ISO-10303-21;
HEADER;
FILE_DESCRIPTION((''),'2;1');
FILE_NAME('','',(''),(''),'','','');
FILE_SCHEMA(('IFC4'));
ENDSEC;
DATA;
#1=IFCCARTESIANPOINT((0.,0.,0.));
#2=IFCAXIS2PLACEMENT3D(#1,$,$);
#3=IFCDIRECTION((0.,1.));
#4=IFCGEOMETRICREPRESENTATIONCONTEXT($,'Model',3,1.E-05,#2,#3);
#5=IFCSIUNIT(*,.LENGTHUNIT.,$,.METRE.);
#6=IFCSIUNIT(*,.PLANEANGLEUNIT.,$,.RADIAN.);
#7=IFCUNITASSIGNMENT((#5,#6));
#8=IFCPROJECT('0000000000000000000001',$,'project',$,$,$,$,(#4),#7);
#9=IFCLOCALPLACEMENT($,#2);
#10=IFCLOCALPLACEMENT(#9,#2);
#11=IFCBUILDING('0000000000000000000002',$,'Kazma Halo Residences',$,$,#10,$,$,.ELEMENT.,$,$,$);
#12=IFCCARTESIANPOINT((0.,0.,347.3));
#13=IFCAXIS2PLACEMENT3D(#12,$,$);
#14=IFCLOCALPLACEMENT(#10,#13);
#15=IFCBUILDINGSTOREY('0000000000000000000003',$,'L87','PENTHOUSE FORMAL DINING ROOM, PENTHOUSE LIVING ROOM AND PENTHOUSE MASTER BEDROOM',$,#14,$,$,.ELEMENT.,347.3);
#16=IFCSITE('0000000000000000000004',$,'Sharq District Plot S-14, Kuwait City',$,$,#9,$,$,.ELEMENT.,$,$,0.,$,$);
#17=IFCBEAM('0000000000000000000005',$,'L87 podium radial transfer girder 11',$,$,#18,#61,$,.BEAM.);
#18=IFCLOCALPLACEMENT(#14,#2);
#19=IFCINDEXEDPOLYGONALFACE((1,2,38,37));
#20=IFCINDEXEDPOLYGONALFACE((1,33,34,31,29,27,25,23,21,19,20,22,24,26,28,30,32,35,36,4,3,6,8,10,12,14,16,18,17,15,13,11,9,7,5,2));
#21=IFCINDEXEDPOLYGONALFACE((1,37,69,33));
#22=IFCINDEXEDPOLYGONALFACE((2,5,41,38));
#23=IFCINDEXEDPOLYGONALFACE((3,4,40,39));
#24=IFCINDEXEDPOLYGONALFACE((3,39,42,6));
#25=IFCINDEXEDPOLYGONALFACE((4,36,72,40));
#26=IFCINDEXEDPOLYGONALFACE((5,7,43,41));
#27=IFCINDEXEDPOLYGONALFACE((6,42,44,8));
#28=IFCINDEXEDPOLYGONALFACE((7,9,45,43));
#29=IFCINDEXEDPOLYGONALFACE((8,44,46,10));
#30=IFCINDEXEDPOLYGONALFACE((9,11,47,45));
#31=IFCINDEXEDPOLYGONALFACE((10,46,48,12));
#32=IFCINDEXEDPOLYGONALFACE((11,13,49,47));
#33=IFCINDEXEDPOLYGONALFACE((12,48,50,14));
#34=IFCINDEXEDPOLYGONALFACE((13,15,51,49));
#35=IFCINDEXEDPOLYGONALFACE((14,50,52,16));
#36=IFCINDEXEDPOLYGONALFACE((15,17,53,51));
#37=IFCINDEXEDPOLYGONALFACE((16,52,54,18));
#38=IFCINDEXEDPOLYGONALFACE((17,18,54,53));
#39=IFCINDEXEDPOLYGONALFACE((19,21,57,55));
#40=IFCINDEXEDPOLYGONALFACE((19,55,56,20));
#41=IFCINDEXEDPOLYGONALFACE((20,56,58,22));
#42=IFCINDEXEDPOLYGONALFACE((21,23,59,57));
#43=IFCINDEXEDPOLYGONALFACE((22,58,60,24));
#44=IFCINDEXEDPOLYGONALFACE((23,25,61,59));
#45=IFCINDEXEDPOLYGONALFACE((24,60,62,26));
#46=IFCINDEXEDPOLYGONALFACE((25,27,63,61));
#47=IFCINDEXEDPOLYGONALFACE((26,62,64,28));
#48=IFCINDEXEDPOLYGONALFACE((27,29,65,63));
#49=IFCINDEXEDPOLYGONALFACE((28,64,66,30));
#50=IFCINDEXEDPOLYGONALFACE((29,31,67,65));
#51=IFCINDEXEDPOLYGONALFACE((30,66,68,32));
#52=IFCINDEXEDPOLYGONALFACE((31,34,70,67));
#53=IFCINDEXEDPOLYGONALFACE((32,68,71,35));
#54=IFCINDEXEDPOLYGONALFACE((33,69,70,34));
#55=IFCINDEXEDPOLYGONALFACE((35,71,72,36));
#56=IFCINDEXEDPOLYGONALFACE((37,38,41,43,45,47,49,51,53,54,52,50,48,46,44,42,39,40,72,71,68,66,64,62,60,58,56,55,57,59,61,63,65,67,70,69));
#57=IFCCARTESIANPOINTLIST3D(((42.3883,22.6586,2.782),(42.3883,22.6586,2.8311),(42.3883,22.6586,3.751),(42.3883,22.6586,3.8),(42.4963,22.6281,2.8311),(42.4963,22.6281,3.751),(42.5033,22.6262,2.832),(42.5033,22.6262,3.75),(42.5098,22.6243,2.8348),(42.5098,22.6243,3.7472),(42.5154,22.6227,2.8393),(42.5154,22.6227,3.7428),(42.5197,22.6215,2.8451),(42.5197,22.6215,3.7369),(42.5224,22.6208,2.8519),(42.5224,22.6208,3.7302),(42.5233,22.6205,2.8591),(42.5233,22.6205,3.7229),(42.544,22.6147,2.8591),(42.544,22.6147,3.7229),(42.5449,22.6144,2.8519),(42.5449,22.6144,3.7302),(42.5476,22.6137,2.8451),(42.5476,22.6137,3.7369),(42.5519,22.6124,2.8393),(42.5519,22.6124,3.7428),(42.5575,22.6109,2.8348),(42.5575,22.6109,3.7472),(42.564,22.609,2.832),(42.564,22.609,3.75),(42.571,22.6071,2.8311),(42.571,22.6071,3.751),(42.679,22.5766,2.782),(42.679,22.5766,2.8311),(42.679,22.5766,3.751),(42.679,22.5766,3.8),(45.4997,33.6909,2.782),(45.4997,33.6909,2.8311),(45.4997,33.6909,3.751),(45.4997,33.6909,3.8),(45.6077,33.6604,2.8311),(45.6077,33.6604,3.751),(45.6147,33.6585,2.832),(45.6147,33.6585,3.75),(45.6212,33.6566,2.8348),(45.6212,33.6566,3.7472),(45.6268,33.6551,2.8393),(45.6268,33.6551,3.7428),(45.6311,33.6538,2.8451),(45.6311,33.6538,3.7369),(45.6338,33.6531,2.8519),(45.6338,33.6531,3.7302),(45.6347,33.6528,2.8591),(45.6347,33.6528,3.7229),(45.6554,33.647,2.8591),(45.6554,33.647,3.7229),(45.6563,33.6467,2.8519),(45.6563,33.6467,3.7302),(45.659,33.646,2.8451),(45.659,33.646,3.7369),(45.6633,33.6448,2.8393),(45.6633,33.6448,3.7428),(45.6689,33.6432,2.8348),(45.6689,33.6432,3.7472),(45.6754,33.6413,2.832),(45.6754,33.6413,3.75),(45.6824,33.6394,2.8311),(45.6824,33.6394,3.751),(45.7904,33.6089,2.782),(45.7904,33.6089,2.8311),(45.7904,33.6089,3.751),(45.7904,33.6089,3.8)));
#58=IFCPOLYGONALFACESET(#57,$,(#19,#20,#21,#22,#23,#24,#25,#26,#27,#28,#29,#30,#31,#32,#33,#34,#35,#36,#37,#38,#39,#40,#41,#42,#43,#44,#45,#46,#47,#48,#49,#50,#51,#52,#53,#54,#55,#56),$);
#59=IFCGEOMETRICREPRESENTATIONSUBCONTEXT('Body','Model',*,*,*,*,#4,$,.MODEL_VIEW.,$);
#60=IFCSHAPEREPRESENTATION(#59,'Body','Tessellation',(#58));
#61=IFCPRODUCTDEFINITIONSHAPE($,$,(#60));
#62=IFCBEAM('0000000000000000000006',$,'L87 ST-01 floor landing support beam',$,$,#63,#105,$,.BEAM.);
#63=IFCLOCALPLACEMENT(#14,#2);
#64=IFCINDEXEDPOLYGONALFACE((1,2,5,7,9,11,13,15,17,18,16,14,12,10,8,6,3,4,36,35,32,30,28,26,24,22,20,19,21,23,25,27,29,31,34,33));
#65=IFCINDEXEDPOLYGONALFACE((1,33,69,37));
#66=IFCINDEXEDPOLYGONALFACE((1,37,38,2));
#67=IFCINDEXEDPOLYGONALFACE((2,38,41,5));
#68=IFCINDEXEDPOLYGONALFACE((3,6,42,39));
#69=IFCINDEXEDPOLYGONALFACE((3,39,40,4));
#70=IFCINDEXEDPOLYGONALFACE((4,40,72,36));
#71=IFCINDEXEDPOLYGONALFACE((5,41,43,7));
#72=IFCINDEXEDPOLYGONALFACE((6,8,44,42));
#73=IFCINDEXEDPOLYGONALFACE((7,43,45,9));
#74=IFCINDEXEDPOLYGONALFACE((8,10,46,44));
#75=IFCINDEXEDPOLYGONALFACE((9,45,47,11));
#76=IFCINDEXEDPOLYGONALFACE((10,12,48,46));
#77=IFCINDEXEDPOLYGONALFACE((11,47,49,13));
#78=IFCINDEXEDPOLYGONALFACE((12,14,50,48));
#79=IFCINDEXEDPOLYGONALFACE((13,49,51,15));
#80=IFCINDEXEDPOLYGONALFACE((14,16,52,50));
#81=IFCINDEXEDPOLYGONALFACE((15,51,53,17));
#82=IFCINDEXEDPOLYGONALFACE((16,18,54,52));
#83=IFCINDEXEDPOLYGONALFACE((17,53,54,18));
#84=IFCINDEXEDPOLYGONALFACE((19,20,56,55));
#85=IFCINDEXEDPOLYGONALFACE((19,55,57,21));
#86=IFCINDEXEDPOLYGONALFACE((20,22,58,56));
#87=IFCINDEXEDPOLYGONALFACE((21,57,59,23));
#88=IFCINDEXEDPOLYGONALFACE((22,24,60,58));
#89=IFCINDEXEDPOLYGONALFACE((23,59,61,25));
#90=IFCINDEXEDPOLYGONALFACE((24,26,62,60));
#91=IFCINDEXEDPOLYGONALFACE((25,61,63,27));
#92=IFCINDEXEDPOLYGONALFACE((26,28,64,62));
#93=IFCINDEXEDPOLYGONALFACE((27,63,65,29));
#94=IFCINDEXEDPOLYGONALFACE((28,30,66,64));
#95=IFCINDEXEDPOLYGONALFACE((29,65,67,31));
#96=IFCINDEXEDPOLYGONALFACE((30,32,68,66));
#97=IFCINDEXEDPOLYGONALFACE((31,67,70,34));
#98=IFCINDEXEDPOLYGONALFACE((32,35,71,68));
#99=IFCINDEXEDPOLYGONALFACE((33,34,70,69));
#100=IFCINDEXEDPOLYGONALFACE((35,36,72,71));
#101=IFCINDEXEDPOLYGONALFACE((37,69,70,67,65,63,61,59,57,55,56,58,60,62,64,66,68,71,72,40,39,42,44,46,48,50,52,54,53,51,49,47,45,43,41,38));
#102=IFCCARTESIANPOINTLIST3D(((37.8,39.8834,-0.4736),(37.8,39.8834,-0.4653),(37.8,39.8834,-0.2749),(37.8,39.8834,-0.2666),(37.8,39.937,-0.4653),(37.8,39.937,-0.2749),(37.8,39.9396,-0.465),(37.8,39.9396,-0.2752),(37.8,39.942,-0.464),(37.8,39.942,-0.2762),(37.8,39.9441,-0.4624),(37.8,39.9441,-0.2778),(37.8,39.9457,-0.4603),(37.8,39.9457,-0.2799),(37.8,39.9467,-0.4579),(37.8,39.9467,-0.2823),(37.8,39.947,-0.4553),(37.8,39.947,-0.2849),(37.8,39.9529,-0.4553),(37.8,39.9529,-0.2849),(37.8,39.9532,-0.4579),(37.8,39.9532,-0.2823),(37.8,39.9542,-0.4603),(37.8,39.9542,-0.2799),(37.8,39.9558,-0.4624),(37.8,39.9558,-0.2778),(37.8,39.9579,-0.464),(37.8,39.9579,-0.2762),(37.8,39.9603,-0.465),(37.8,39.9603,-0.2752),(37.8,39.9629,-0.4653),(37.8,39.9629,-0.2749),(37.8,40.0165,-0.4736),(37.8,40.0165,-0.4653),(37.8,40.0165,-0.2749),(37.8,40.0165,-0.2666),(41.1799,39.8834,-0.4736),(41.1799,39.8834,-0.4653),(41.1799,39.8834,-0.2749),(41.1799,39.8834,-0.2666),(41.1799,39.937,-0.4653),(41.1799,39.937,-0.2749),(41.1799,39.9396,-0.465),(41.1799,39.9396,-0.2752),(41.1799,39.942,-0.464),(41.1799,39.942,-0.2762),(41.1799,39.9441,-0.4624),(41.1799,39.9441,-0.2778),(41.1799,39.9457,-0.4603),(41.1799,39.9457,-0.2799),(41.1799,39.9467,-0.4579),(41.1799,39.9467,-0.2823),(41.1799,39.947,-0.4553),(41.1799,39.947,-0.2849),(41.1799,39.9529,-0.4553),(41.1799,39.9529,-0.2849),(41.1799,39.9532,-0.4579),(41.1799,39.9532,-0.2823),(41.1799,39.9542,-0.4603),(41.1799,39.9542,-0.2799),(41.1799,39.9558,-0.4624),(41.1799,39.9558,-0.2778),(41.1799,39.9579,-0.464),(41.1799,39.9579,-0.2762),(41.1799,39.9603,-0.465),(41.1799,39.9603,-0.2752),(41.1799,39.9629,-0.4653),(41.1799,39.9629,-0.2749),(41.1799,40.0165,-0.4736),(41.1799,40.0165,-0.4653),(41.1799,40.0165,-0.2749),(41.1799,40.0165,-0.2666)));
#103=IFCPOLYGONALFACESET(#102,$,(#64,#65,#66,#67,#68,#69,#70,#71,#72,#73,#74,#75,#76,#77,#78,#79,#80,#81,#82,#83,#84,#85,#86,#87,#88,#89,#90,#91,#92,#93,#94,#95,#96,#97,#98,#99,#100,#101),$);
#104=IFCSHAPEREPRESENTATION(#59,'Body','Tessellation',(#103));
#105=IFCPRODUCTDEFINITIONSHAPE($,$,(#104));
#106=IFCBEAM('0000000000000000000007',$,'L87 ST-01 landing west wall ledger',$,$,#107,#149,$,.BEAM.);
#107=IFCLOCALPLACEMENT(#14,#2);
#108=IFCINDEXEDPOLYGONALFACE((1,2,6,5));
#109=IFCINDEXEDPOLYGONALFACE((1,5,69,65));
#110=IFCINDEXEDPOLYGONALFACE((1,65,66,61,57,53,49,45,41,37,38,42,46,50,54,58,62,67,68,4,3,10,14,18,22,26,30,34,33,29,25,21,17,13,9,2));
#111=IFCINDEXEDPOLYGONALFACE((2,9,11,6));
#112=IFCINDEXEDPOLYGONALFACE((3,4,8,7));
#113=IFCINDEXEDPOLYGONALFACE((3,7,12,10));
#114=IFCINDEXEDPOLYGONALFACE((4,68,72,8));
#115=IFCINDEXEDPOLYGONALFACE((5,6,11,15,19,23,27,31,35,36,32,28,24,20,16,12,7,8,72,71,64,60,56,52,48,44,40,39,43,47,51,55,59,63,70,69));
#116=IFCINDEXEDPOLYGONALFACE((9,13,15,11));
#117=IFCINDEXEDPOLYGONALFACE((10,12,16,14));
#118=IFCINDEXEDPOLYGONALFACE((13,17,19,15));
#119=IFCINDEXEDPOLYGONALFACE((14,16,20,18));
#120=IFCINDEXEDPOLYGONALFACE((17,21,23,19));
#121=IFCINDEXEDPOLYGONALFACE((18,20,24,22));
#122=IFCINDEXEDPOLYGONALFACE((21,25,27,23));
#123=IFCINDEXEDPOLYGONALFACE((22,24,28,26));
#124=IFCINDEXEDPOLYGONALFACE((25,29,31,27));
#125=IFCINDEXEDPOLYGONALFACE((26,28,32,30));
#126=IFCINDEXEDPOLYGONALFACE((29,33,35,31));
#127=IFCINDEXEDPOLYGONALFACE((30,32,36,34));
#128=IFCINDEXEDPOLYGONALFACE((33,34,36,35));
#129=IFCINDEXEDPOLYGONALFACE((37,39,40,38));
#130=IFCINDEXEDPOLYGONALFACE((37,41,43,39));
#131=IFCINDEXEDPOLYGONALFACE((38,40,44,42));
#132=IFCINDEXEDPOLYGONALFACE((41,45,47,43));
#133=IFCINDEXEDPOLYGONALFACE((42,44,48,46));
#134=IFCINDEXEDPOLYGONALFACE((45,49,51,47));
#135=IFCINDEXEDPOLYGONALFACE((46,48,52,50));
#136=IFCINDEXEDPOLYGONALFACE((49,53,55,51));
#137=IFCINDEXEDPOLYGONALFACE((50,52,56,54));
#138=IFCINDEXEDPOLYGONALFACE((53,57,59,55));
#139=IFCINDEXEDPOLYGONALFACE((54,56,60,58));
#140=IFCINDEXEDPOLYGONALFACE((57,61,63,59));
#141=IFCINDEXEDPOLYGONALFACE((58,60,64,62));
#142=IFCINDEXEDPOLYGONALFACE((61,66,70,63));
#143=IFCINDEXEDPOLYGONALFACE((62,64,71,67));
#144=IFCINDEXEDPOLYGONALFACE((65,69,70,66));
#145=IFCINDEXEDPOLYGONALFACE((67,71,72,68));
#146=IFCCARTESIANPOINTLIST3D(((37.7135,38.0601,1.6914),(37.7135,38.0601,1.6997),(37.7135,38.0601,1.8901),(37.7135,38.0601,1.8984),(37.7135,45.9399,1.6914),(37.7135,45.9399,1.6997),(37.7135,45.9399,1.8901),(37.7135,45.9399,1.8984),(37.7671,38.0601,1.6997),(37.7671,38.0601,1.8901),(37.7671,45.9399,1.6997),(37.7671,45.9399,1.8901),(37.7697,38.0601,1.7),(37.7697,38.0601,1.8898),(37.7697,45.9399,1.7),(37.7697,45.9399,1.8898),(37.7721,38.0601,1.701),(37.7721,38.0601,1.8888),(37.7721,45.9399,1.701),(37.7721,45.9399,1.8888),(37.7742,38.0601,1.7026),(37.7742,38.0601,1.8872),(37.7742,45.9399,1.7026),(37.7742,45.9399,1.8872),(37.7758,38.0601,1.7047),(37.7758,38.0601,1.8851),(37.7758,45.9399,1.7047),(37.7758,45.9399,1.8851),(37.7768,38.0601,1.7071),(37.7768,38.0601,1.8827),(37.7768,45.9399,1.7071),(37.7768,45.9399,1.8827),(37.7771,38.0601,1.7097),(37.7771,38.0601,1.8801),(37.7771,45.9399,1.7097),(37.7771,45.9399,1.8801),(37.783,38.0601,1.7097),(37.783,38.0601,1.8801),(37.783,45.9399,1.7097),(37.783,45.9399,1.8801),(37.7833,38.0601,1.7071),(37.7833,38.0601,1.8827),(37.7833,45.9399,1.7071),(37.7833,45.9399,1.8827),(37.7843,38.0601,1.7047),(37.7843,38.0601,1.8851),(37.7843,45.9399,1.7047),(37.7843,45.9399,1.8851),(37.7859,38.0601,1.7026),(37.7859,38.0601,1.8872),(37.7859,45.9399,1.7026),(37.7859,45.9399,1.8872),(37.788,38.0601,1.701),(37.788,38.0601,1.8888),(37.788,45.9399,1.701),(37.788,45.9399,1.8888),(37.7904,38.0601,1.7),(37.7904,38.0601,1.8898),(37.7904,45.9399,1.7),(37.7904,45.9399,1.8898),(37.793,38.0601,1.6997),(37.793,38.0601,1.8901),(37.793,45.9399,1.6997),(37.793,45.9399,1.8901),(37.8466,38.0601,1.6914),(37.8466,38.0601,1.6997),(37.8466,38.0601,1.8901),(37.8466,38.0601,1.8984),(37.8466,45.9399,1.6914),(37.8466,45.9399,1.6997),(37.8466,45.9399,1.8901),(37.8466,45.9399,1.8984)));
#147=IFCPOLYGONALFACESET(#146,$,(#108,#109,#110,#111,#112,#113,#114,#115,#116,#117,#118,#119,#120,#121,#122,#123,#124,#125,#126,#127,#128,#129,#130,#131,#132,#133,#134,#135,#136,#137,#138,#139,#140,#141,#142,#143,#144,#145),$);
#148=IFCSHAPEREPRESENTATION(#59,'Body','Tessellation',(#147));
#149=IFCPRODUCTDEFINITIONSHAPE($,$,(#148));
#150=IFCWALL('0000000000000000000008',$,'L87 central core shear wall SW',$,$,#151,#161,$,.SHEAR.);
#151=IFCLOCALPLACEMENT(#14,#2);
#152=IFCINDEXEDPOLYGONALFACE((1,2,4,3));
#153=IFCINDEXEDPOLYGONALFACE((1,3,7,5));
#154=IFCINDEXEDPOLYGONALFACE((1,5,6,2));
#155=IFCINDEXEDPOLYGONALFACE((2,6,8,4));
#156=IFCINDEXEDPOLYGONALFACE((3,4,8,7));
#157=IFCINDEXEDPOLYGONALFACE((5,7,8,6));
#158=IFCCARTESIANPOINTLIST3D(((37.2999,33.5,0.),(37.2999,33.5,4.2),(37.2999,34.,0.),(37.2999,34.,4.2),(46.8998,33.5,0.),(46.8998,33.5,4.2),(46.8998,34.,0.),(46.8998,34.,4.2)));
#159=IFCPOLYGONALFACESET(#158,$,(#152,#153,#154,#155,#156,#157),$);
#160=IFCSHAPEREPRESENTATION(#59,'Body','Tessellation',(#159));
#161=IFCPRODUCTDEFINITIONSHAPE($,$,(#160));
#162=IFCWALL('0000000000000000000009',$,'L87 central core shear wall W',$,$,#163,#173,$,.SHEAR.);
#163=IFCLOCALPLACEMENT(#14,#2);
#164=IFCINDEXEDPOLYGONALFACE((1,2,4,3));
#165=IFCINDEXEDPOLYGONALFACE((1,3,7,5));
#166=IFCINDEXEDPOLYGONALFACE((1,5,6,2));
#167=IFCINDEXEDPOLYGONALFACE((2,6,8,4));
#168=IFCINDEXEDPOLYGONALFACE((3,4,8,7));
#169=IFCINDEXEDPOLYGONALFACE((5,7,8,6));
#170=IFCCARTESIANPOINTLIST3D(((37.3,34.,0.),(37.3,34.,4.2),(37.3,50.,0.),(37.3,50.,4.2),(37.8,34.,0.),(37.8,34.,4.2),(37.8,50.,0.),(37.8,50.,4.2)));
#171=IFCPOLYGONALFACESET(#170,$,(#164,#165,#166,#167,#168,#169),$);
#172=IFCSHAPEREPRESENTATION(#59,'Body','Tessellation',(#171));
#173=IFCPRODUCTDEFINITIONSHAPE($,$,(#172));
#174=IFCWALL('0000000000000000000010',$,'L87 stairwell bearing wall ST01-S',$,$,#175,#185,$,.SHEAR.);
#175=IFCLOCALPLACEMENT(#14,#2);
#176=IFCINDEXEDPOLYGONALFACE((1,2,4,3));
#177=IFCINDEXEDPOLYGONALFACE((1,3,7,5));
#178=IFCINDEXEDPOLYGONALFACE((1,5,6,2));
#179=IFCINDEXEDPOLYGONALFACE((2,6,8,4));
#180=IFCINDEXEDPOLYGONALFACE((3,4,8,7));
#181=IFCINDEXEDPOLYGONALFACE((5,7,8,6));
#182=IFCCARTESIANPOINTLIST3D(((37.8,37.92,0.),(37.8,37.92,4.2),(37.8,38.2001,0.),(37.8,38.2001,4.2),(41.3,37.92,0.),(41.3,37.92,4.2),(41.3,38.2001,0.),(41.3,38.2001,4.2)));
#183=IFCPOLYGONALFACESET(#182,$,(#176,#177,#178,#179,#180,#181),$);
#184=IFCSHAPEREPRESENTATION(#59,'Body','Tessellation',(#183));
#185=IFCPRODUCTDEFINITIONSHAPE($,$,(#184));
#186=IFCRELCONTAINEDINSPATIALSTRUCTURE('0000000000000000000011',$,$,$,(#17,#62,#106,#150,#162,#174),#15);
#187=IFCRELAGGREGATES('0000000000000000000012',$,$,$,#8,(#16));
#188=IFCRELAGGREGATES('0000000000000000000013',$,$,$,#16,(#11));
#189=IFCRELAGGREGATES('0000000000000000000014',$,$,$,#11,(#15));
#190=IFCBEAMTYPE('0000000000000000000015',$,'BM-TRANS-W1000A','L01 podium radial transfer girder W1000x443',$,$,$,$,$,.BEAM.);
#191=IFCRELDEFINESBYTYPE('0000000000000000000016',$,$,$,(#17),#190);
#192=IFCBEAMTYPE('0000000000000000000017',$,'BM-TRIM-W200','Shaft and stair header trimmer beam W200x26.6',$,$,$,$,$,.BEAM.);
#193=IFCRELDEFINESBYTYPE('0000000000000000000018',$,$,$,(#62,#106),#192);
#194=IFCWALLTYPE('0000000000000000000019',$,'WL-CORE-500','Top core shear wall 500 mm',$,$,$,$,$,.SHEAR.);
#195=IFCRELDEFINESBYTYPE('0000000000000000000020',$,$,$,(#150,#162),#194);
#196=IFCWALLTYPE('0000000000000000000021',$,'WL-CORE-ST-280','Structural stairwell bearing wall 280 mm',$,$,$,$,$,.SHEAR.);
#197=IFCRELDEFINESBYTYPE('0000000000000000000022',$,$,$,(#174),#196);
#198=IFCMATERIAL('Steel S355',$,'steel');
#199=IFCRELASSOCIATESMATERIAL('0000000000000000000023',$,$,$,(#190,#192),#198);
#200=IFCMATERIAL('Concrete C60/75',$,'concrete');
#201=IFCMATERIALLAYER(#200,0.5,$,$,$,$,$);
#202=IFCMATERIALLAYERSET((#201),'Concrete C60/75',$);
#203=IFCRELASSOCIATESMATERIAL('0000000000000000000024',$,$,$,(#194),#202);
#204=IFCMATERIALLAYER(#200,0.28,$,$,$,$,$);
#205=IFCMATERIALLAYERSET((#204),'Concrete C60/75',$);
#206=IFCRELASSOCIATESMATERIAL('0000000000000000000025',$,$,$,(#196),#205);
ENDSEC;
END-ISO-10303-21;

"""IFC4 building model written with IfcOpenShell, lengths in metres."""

from ifc_helpers import new_model, si_unit, direction, frame, frame_2d, origin, origin_2d, place, context, subcontext, project, spatial, rectangle, i_section, extrude, material, layer, layer_set, material_profile, profile_set, type_object, element, save


model = new_model("IFC4")

# Units and contexts
model_context = context("Model", 3, precision=1e-05, world=origin(), true_north=direction((0.0, 1.0)))
body_context = subcontext(model_context, "Body", "Model", "MODEL_VIEW")
ifc_project = project(units=[si_unit("LENGTHUNIT", "METRE"), si_unit("PLANEANGLEUNIT", "RADIAN")], contexts=[model_context])

# Site, building, storey
site_placement = place(None, origin())
site = spatial("IfcSite", under=ifc_project, at=site_placement, Name="Sharq District Plot S-14, Kuwait City", CompositionType="ELEMENT", RefElevation=0.0)
building_placement = place(site_placement, origin())
building = spatial("IfcBuilding", under=site, at=building_placement, Name="Kazma Halo Residences", CompositionType="ELEMENT")
storey_placement = place(building_placement, frame((0.0, 0.0, 347.3)))
storey = spatial("IfcBuildingStorey", under=building, at=storey_placement, Name="L87", Description="PENTHOUSE FORMAL DINING ROOM, PENTHOUSE LIVING ROOM AND PENTHOUSE MASTER BEDROOM", CompositionType="ELEMENT", Elevation=347.3)

# Beams
ifc_material_1 = material(Name="Steel S355", Category="steel")
ifc_material_profile_1 = material_profile(ifc_material_1, i_section(OverallWidth=0.302, OverallDepth=1.0181, WebThickness=0.0215, FlangeThickness=0.0491, FilletRadius=0.0281, at=origin_2d()), Name="W1000x443")
ifc_profile_set_1 = profile_set([ifc_material_profile_1], Name="Steel S355")
beam_type_1 = type_object("IfcBeamType", Name="BM-TRANS-W1000A", Description="L01 podium radial transfer girder W1000x443", PredefinedType="BEAM", material=ifc_profile_set_1)
beam_1_placement = place(storey_placement, frame((45.645, 33.6499, 3.291), z_axis=(-0.271434, -0.962457, 0.0), x_axis=(0.962457, -0.271434, 0.0)))
element("IfcBeam", 1, at=beam_1_placement, inside=storey, type_object=beam_type_1, Name="L87 podium radial transfer girder 11", PredefinedType="BEAM", context=body_context, shape_type="SweptSolid", body=[
    extrude(i_section(OverallWidth=0.302, OverallDepth=1.0181, WebThickness=0.0215, FlangeThickness=0.0491, FilletRadius=0.0281, at=origin_2d()), origin(), (0.0, 0.0, 1.0), 11.4626),
])
ifc_material_profile_2 = material_profile(ifc_material_1, i_section(OverallWidth=0.1331, OverallDepth=0.207, WebThickness=0.0059, FlangeThickness=0.0083, FilletRadius=0.01, at=origin_2d()), Name="W200x26.6")
ifc_profile_set_2 = profile_set([ifc_material_profile_2], Name="Steel S355")
beam_type_2 = type_object("IfcBeamType", Name="BM-TRIM-W200", Description="Shaft and stair header trimmer beam W200x26.6", PredefinedType="BEAM", material=ifc_profile_set_2)
beam_2_placement = place(storey_placement, frame((37.8, 39.95, -0.3701), z_axis=(1.0, 0.0, 0.0), x_axis=(0.0, 1.0, 0.0)))
element("IfcBeam", 2, at=beam_2_placement, inside=storey, type_object=beam_type_2, Name="L87 ST-01 floor landing support beam", PredefinedType="BEAM", context=body_context, shape_type="SweptSolid", body=[
    extrude(i_section(OverallWidth=0.1331, OverallDepth=0.207, WebThickness=0.0059, FlangeThickness=0.0083, FilletRadius=0.01, at=origin_2d()), origin(), (0.0, 0.0, 1.0), 3.3799),
])
beam_3_placement = place(storey_placement, frame((37.78, 38.0601, 1.7949), z_axis=(0.0, 1.0, 0.0), x_axis=(-1.0, 0.0, 0.0)))
element("IfcBeam", 3, at=beam_3_placement, inside=storey, type_object=beam_type_2, Name="L87 ST-01 landing west wall ledger", PredefinedType="BEAM", context=body_context, shape_type="SweptSolid", body=[
    extrude(i_section(OverallWidth=0.1331, OverallDepth=0.207, WebThickness=0.0059, FlangeThickness=0.0083, FilletRadius=0.01, at=origin_2d()), origin(), (0.0, 0.0, 1.0), 7.8799),
])

# Walls
ifc_material_2 = material(Name="Concrete C60/75", Category="concrete")
ifc_layer_1 = layer(ifc_material_2, 0.5)
ifc_layer_set_1 = layer_set([ifc_layer_1], Name="Concrete C60/75")
wall_type_1 = type_object("IfcWallType", Name="WL-CORE-500", Description="Top core shear wall 500 mm", PredefinedType="SHEAR", material=ifc_layer_set_1)
wall_1_placement = place(storey_placement, frame((37.3, 33.75, 0.0), z_axis=(0.0, 0.0, 1.0), x_axis=(1.0, 0.0, 0.0)))
element("IfcWall", 4, at=wall_1_placement, inside=storey, type_object=wall_type_1, Name="L87 central core shear wall SW", PredefinedType="SHEAR", context=body_context, shape_type="SweptSolid", body=[
    extrude(rectangle(XDim=9.5999, YDim=0.5, at=frame_2d((4.7998, 0.0))), origin(), (0.0, 0.0, 1.0), 4.2),
])
wall_2_placement = place(storey_placement, frame((37.55, 34.0, 0.0), z_axis=(0.0, 0.0, 1.0), x_axis=(0.0, 1.0, 0.0)))
element("IfcWall", 5, at=wall_2_placement, inside=storey, type_object=wall_type_1, Name="L87 central core shear wall W", PredefinedType="SHEAR", context=body_context, shape_type="SweptSolid", body=[
    extrude(rectangle(XDim=16.0, YDim=0.5, at=frame_2d((8.0, 0.0))), origin(), (0.0, 0.0, 1.0), 4.2),
])
ifc_layer_2 = layer(ifc_material_2, 0.28)
ifc_layer_set_2 = layer_set([ifc_layer_2], Name="Concrete C60/75")
wall_type_2 = type_object("IfcWallType", Name="WL-CORE-ST-280", Description="Structural stairwell bearing wall 280 mm", PredefinedType="SHEAR", material=ifc_layer_set_2)
wall_3_placement = place(storey_placement, frame((37.8, 38.0601, 0.0), z_axis=(0.0, 0.0, 1.0), x_axis=(1.0, 0.0, 0.0)))
element("IfcWall", 6, at=wall_3_placement, inside=storey, type_object=wall_type_2, Name="L87 stairwell bearing wall ST01-S", PredefinedType="SHEAR", context=body_context, shape_type="SweptSolid", body=[
    extrude(rectangle(XDim=3.5, YDim=0.28, at=frame_2d((1.75, 0.0))), origin(), (0.0, 0.0, 1.0), 4.2),
])

save(model, "model.ifc")
